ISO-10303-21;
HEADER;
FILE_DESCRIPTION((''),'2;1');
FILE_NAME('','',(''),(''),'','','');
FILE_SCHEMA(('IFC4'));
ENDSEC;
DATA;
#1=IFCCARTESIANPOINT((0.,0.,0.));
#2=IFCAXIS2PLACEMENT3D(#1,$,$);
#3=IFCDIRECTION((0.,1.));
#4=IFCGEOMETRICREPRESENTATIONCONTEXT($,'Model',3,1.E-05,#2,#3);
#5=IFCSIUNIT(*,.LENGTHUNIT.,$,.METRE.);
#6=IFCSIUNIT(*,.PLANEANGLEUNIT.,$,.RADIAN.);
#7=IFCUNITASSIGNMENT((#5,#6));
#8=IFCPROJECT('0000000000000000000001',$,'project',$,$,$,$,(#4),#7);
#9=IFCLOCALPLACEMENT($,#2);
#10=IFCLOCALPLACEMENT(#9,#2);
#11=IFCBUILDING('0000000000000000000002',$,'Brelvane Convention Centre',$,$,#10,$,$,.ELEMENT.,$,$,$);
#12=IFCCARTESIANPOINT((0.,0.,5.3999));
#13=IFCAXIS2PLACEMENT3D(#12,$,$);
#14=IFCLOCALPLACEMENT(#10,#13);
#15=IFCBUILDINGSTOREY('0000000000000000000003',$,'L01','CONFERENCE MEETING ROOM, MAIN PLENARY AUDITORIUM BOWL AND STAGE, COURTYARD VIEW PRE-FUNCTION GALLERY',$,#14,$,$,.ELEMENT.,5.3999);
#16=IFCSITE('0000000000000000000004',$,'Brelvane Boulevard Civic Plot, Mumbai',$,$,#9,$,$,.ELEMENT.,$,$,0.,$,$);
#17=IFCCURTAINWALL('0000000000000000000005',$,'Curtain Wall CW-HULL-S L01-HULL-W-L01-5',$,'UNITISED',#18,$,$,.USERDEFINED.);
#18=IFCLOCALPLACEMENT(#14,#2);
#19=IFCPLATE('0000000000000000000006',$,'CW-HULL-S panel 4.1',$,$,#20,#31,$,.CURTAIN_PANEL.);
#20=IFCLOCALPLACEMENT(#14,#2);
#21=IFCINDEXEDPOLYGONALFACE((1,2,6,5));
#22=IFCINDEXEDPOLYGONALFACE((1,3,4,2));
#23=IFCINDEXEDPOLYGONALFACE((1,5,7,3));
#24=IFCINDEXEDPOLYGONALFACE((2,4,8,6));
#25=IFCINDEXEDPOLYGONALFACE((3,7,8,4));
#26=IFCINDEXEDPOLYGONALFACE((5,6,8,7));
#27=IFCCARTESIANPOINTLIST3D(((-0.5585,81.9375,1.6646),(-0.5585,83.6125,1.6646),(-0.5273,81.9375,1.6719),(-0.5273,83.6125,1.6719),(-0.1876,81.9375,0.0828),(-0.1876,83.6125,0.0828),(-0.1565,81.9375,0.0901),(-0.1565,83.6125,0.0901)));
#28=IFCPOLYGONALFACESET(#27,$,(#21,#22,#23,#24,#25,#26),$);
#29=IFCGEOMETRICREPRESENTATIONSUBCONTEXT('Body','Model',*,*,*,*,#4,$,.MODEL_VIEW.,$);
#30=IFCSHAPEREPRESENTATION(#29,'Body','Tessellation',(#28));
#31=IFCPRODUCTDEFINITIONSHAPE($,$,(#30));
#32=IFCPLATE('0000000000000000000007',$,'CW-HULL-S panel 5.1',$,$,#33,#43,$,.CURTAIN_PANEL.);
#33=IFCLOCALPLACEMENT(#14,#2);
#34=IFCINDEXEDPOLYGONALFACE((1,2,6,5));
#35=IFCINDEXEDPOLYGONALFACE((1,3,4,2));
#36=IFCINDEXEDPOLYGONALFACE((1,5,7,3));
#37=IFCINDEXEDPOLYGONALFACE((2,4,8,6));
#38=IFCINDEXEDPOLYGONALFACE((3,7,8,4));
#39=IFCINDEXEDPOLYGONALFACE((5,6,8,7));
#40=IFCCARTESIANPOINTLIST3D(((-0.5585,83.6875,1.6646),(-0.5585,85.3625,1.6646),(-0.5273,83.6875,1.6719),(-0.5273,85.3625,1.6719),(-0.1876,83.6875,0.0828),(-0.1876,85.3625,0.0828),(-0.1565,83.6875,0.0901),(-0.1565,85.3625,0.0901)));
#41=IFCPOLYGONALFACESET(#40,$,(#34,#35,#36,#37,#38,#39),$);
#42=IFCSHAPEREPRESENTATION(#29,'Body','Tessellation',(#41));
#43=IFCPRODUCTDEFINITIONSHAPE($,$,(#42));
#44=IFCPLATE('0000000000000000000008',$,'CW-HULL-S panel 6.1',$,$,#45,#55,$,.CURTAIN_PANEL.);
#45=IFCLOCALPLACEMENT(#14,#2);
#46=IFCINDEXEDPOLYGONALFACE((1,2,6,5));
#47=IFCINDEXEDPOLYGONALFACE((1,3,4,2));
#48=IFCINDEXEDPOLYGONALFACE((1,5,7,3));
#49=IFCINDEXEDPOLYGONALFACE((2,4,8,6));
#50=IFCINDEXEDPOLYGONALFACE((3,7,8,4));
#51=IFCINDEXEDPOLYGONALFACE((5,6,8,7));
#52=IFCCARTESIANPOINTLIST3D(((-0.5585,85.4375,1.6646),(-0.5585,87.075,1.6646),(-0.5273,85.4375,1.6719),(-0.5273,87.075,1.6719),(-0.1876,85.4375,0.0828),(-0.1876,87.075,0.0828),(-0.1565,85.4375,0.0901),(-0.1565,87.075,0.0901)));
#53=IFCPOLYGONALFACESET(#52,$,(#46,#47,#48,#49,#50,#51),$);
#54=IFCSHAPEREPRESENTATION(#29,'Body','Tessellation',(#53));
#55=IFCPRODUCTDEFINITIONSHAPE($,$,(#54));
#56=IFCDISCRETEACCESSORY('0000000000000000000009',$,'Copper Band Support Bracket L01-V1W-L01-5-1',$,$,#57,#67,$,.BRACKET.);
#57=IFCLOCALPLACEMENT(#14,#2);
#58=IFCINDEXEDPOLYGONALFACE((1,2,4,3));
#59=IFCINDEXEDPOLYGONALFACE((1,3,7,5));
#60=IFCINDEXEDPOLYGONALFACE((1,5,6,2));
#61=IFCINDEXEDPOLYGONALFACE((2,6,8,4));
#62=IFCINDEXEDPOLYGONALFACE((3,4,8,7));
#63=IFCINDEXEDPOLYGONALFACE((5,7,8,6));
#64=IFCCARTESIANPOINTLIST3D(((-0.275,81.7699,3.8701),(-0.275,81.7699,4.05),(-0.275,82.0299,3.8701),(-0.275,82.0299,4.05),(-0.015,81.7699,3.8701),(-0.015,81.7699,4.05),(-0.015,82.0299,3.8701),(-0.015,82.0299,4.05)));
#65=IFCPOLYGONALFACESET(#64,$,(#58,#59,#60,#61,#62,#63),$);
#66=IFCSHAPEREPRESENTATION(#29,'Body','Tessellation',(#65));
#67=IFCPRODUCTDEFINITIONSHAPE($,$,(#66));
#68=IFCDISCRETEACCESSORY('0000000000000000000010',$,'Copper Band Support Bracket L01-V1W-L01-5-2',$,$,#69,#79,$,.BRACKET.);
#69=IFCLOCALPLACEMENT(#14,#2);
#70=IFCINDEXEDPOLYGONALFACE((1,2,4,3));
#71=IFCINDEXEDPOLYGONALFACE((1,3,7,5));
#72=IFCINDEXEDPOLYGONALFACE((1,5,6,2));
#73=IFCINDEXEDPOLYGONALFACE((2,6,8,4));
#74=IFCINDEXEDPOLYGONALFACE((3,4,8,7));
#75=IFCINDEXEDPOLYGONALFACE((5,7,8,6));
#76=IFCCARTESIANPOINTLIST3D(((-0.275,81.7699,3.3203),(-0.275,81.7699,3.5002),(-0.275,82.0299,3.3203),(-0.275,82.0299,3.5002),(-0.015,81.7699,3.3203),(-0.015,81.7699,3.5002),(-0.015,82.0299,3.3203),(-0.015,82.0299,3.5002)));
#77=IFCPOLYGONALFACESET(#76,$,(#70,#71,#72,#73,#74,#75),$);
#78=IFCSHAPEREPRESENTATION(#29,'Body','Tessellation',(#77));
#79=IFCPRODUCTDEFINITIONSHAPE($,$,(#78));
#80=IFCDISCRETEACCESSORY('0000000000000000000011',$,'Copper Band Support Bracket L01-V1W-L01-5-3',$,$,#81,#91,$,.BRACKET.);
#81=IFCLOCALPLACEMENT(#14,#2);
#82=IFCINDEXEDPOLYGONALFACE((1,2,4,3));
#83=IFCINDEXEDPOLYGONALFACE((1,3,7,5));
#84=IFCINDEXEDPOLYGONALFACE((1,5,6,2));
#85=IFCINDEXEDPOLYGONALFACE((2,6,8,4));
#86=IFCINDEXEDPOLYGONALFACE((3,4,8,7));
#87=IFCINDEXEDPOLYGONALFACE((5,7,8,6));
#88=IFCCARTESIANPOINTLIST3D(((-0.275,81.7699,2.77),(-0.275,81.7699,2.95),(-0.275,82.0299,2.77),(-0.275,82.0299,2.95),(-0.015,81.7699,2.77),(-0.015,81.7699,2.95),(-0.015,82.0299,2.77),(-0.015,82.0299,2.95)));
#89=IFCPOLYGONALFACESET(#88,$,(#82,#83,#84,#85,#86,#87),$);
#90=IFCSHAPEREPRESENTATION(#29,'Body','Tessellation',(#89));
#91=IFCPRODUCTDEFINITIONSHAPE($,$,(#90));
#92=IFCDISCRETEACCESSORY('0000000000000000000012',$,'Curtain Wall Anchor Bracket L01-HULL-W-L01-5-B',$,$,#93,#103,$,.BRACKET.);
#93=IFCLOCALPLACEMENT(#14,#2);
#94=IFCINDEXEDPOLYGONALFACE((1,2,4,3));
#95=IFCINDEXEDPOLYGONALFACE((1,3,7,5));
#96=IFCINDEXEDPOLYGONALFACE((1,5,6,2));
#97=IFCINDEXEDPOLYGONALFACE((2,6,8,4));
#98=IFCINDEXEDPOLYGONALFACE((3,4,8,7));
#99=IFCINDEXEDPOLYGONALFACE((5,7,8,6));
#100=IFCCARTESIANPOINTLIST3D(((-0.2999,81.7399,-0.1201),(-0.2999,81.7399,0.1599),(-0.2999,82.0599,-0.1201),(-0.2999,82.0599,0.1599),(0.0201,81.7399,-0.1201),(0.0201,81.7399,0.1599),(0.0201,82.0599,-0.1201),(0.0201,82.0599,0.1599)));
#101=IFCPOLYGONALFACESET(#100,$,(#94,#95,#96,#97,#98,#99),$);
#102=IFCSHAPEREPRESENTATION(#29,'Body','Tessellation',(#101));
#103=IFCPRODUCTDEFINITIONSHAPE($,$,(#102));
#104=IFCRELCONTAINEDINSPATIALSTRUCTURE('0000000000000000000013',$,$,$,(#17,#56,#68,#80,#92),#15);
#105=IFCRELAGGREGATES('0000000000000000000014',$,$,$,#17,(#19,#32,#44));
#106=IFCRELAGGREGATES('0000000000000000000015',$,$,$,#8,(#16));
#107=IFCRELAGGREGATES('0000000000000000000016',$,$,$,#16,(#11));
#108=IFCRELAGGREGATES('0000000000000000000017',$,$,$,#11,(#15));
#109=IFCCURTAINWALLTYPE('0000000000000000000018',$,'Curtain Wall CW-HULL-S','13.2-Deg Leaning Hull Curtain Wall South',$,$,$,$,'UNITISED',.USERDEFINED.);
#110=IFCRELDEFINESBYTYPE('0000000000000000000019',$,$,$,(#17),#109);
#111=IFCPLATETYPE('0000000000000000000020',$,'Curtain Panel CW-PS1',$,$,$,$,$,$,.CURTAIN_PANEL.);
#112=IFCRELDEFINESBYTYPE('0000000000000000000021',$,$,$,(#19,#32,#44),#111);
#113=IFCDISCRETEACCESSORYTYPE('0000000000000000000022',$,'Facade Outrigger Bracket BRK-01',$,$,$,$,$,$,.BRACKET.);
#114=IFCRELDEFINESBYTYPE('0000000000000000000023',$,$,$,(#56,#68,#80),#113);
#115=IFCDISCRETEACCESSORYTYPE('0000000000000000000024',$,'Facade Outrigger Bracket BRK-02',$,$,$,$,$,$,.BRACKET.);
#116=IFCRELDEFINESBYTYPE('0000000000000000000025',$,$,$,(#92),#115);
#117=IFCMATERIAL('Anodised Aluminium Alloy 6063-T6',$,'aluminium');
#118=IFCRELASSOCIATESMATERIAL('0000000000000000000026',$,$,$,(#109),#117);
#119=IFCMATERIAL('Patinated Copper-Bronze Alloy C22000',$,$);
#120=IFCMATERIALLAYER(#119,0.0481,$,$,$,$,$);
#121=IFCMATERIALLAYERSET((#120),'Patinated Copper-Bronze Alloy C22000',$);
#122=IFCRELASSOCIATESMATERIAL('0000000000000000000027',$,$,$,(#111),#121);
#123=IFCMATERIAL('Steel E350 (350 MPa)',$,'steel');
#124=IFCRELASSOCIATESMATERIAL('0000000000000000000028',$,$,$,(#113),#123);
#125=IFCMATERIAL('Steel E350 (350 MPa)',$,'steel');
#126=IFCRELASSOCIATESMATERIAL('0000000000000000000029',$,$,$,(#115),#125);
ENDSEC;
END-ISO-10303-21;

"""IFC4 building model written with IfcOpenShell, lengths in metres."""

from ifc_helpers import new_model, si_unit, direction, frame, origin, origin_2d, place, context, subcontext, project, spatial, polyline, rectangle, outline, extrude, material, layer, layer_set, type_object, element, aggregate, save


model = new_model("IFC4")

# Units and contexts
model_context = context("Model", 3, precision=1e-05, world=origin(), true_north=direction((0.0, 1.0)))
body_context = subcontext(model_context, "Body", "Model", "MODEL_VIEW")
ifc_project = project(units=[si_unit("LENGTHUNIT", "METRE"), si_unit("PLANEANGLEUNIT", "RADIAN")], contexts=[model_context])

# Site, building, storey
site_placement = place(None, origin())
site = spatial("IfcSite", under=ifc_project, at=site_placement, Name="Brelvane Boulevard Civic Plot, Mumbai", CompositionType="ELEMENT", RefElevation=0.0)
building_placement = place(site_placement, origin())
building = spatial("IfcBuilding", under=site, at=building_placement, Name="Brelvane Convention Centre", CompositionType="ELEMENT")
storey_placement = place(building_placement, frame((0.0, 0.0, 5.3999)))
storey = spatial("IfcBuildingStorey", under=building, at=storey_placement, Name="L01", Description="CONFERENCE MEETING ROOM, MAIN PLENARY AUDITORIUM BOWL AND STAGE, COURTYARD VIEW PRE-FUNCTION GALLERY", CompositionType="ELEMENT", Elevation=5.3999)

# Curtain wall, plates
ifc_material_1 = material(Name="Anodised Aluminium Alloy 6063-T6", Category="aluminium")
curtain_wall_type = type_object("IfcCurtainWallType", Name="Curtain Wall CW-HULL-S", Description="13.2-Deg Leaning Hull Curtain Wall South", ElementType="UNITISED", PredefinedType="USERDEFINED", material=ifc_material_1)
curtain_wall_placement = place(storey_placement, origin())
curtain_wall = element("IfcCurtainWall", 1, at=curtain_wall_placement, inside=storey, type_object=curtain_wall_type, Name="Curtain Wall CW-HULL-S L01-HULL-W-L01-5", ObjectType="UNITISED", PredefinedType="USERDEFINED")
ifc_material_2 = material(Name="Patinated Copper-Bronze Alloy C22000")
ifc_layer_1 = layer(ifc_material_2, 0.0481)
ifc_layer_set_1 = layer_set([ifc_layer_1], Name="Patinated Copper-Bronze Alloy C22000")
plate_type_1 = type_object("IfcPlateType", Name="Curtain Panel CW-PS1", PredefinedType="CURTAIN_PANEL", material=ifc_layer_set_1)
plate_1_placement = place(storey_placement, frame((-0.1565, 81.9375, 0.0901), z_axis=(0.9736, 0.0, 0.22826), x_axis=(0.0, 1.0, 0.0)))
plate_1 = element("IfcPlate", 2, at=plate_1_placement, type_object=plate_type_1, Name="CW-HULL-S panel 4.1", PredefinedType="CURTAIN_PANEL", context=body_context, shape_type="SweptSolid", body=[
    extrude(outline(polyline([(0.0, 0.0), (1.675, 0.0), (1.675, 1.6247), (0.0, 1.6247), (0.0, 0.0)])), origin(), (0.0, 0.0, -1.0), 0.032),
])
plate_2_placement = place(storey_placement, frame((-0.1565, 83.6875, 0.0901), z_axis=(0.9736, 0.0, 0.22826), x_axis=(0.0, 1.0, 0.0)))
plate_2 = element("IfcPlate", 3, at=plate_2_placement, type_object=plate_type_1, Name="CW-HULL-S panel 5.1", PredefinedType="CURTAIN_PANEL", context=body_context, shape_type="SweptSolid", body=[
    extrude(outline(polyline([(0.0, 0.0), (1.675, 0.0), (1.675, 1.6247), (0.0, 1.6247), (0.0, 0.0)])), origin(), (0.0, 0.0, -1.0), 0.032),
])
plate_3_placement = place(storey_placement, frame((-0.1565, 85.4375, 0.0901), z_axis=(0.9736, 0.0, 0.22826), x_axis=(0.0, 1.0, 0.0)))
plate_3 = element("IfcPlate", 4, at=plate_3_placement, type_object=plate_type_1, Name="CW-HULL-S panel 6.1", PredefinedType="CURTAIN_PANEL", context=body_context, shape_type="SweptSolid", body=[
    extrude(outline(polyline([(0.0, 0.0), (1.6375, 0.0), (1.6375, 1.6247), (0.0, 1.6247), (0.0, 0.0)])), origin(), (0.0, 0.0, -1.0), 0.032),
])
aggregate(curtain_wall, [plate_1, plate_2, plate_3])

# Discrete accessories
ifc_material_3 = material(Name="Steel E350 (350 MPa)", Category="steel")
discrete_accessory_type_1 = type_object("IfcDiscreteAccessoryType", Name="Facade Outrigger Bracket BRK-01", PredefinedType="BRACKET", material=ifc_material_3)
for number, where, z_axis, x_axis, name in (
    (5, (-0.145, 81.8999, 3.8701), (0.0, 0.0, 1.0), (1.0, 0.0, 0.0), "Copper Band Support Bracket L01-V1W-L01-5-1"),
    (6, (-0.145, 81.8999, 3.3203), (0.0, 0.0, 1.0), (1.0, 0.0, 0.0), "Copper Band Support Bracket L01-V1W-L01-5-2"),
    (7, (-0.145, 81.8999, 2.77), (0.0, 0.0, 1.0), (1.0, 0.0, 0.0), "Copper Band Support Bracket L01-V1W-L01-5-3"),
):
    element("IfcDiscreteAccessory", number, at=place(storey_placement, frame(where, z_axis=z_axis, x_axis=x_axis)), inside=storey, type_object=discrete_accessory_type_1, Name=name, PredefinedType="BRACKET", context=body_context, shape_type="SweptSolid", body=[
        extrude(rectangle(XDim=0.26, YDim=0.26, at=origin_2d()), origin(), (0.0, 0.0, 1.0), 0.1799),
    ])
ifc_material_4 = material(Name="Steel E350 (350 MPa)", Category="steel")
discrete_accessory_type_2 = type_object("IfcDiscreteAccessoryType", Name="Facade Outrigger Bracket BRK-02", PredefinedType="BRACKET", material=ifc_material_4)
discrete_accessory_placement = place(storey_placement, frame((-0.1399, 81.8999, -0.1201), z_axis=(0.0, 0.0, 1.0), x_axis=(1.0, 0.0, 0.0)))
element("IfcDiscreteAccessory", 8, at=discrete_accessory_placement, inside=storey, type_object=discrete_accessory_type_2, Name="Curtain Wall Anchor Bracket L01-HULL-W-L01-5-B", PredefinedType="BRACKET", context=body_context, shape_type="SweptSolid", body=[
    extrude(rectangle(XDim=0.3201, YDim=0.3201, at=origin_2d()), origin(), (0.0, 0.0, 1.0), 0.28),
])

save(model, "model.ifc")
